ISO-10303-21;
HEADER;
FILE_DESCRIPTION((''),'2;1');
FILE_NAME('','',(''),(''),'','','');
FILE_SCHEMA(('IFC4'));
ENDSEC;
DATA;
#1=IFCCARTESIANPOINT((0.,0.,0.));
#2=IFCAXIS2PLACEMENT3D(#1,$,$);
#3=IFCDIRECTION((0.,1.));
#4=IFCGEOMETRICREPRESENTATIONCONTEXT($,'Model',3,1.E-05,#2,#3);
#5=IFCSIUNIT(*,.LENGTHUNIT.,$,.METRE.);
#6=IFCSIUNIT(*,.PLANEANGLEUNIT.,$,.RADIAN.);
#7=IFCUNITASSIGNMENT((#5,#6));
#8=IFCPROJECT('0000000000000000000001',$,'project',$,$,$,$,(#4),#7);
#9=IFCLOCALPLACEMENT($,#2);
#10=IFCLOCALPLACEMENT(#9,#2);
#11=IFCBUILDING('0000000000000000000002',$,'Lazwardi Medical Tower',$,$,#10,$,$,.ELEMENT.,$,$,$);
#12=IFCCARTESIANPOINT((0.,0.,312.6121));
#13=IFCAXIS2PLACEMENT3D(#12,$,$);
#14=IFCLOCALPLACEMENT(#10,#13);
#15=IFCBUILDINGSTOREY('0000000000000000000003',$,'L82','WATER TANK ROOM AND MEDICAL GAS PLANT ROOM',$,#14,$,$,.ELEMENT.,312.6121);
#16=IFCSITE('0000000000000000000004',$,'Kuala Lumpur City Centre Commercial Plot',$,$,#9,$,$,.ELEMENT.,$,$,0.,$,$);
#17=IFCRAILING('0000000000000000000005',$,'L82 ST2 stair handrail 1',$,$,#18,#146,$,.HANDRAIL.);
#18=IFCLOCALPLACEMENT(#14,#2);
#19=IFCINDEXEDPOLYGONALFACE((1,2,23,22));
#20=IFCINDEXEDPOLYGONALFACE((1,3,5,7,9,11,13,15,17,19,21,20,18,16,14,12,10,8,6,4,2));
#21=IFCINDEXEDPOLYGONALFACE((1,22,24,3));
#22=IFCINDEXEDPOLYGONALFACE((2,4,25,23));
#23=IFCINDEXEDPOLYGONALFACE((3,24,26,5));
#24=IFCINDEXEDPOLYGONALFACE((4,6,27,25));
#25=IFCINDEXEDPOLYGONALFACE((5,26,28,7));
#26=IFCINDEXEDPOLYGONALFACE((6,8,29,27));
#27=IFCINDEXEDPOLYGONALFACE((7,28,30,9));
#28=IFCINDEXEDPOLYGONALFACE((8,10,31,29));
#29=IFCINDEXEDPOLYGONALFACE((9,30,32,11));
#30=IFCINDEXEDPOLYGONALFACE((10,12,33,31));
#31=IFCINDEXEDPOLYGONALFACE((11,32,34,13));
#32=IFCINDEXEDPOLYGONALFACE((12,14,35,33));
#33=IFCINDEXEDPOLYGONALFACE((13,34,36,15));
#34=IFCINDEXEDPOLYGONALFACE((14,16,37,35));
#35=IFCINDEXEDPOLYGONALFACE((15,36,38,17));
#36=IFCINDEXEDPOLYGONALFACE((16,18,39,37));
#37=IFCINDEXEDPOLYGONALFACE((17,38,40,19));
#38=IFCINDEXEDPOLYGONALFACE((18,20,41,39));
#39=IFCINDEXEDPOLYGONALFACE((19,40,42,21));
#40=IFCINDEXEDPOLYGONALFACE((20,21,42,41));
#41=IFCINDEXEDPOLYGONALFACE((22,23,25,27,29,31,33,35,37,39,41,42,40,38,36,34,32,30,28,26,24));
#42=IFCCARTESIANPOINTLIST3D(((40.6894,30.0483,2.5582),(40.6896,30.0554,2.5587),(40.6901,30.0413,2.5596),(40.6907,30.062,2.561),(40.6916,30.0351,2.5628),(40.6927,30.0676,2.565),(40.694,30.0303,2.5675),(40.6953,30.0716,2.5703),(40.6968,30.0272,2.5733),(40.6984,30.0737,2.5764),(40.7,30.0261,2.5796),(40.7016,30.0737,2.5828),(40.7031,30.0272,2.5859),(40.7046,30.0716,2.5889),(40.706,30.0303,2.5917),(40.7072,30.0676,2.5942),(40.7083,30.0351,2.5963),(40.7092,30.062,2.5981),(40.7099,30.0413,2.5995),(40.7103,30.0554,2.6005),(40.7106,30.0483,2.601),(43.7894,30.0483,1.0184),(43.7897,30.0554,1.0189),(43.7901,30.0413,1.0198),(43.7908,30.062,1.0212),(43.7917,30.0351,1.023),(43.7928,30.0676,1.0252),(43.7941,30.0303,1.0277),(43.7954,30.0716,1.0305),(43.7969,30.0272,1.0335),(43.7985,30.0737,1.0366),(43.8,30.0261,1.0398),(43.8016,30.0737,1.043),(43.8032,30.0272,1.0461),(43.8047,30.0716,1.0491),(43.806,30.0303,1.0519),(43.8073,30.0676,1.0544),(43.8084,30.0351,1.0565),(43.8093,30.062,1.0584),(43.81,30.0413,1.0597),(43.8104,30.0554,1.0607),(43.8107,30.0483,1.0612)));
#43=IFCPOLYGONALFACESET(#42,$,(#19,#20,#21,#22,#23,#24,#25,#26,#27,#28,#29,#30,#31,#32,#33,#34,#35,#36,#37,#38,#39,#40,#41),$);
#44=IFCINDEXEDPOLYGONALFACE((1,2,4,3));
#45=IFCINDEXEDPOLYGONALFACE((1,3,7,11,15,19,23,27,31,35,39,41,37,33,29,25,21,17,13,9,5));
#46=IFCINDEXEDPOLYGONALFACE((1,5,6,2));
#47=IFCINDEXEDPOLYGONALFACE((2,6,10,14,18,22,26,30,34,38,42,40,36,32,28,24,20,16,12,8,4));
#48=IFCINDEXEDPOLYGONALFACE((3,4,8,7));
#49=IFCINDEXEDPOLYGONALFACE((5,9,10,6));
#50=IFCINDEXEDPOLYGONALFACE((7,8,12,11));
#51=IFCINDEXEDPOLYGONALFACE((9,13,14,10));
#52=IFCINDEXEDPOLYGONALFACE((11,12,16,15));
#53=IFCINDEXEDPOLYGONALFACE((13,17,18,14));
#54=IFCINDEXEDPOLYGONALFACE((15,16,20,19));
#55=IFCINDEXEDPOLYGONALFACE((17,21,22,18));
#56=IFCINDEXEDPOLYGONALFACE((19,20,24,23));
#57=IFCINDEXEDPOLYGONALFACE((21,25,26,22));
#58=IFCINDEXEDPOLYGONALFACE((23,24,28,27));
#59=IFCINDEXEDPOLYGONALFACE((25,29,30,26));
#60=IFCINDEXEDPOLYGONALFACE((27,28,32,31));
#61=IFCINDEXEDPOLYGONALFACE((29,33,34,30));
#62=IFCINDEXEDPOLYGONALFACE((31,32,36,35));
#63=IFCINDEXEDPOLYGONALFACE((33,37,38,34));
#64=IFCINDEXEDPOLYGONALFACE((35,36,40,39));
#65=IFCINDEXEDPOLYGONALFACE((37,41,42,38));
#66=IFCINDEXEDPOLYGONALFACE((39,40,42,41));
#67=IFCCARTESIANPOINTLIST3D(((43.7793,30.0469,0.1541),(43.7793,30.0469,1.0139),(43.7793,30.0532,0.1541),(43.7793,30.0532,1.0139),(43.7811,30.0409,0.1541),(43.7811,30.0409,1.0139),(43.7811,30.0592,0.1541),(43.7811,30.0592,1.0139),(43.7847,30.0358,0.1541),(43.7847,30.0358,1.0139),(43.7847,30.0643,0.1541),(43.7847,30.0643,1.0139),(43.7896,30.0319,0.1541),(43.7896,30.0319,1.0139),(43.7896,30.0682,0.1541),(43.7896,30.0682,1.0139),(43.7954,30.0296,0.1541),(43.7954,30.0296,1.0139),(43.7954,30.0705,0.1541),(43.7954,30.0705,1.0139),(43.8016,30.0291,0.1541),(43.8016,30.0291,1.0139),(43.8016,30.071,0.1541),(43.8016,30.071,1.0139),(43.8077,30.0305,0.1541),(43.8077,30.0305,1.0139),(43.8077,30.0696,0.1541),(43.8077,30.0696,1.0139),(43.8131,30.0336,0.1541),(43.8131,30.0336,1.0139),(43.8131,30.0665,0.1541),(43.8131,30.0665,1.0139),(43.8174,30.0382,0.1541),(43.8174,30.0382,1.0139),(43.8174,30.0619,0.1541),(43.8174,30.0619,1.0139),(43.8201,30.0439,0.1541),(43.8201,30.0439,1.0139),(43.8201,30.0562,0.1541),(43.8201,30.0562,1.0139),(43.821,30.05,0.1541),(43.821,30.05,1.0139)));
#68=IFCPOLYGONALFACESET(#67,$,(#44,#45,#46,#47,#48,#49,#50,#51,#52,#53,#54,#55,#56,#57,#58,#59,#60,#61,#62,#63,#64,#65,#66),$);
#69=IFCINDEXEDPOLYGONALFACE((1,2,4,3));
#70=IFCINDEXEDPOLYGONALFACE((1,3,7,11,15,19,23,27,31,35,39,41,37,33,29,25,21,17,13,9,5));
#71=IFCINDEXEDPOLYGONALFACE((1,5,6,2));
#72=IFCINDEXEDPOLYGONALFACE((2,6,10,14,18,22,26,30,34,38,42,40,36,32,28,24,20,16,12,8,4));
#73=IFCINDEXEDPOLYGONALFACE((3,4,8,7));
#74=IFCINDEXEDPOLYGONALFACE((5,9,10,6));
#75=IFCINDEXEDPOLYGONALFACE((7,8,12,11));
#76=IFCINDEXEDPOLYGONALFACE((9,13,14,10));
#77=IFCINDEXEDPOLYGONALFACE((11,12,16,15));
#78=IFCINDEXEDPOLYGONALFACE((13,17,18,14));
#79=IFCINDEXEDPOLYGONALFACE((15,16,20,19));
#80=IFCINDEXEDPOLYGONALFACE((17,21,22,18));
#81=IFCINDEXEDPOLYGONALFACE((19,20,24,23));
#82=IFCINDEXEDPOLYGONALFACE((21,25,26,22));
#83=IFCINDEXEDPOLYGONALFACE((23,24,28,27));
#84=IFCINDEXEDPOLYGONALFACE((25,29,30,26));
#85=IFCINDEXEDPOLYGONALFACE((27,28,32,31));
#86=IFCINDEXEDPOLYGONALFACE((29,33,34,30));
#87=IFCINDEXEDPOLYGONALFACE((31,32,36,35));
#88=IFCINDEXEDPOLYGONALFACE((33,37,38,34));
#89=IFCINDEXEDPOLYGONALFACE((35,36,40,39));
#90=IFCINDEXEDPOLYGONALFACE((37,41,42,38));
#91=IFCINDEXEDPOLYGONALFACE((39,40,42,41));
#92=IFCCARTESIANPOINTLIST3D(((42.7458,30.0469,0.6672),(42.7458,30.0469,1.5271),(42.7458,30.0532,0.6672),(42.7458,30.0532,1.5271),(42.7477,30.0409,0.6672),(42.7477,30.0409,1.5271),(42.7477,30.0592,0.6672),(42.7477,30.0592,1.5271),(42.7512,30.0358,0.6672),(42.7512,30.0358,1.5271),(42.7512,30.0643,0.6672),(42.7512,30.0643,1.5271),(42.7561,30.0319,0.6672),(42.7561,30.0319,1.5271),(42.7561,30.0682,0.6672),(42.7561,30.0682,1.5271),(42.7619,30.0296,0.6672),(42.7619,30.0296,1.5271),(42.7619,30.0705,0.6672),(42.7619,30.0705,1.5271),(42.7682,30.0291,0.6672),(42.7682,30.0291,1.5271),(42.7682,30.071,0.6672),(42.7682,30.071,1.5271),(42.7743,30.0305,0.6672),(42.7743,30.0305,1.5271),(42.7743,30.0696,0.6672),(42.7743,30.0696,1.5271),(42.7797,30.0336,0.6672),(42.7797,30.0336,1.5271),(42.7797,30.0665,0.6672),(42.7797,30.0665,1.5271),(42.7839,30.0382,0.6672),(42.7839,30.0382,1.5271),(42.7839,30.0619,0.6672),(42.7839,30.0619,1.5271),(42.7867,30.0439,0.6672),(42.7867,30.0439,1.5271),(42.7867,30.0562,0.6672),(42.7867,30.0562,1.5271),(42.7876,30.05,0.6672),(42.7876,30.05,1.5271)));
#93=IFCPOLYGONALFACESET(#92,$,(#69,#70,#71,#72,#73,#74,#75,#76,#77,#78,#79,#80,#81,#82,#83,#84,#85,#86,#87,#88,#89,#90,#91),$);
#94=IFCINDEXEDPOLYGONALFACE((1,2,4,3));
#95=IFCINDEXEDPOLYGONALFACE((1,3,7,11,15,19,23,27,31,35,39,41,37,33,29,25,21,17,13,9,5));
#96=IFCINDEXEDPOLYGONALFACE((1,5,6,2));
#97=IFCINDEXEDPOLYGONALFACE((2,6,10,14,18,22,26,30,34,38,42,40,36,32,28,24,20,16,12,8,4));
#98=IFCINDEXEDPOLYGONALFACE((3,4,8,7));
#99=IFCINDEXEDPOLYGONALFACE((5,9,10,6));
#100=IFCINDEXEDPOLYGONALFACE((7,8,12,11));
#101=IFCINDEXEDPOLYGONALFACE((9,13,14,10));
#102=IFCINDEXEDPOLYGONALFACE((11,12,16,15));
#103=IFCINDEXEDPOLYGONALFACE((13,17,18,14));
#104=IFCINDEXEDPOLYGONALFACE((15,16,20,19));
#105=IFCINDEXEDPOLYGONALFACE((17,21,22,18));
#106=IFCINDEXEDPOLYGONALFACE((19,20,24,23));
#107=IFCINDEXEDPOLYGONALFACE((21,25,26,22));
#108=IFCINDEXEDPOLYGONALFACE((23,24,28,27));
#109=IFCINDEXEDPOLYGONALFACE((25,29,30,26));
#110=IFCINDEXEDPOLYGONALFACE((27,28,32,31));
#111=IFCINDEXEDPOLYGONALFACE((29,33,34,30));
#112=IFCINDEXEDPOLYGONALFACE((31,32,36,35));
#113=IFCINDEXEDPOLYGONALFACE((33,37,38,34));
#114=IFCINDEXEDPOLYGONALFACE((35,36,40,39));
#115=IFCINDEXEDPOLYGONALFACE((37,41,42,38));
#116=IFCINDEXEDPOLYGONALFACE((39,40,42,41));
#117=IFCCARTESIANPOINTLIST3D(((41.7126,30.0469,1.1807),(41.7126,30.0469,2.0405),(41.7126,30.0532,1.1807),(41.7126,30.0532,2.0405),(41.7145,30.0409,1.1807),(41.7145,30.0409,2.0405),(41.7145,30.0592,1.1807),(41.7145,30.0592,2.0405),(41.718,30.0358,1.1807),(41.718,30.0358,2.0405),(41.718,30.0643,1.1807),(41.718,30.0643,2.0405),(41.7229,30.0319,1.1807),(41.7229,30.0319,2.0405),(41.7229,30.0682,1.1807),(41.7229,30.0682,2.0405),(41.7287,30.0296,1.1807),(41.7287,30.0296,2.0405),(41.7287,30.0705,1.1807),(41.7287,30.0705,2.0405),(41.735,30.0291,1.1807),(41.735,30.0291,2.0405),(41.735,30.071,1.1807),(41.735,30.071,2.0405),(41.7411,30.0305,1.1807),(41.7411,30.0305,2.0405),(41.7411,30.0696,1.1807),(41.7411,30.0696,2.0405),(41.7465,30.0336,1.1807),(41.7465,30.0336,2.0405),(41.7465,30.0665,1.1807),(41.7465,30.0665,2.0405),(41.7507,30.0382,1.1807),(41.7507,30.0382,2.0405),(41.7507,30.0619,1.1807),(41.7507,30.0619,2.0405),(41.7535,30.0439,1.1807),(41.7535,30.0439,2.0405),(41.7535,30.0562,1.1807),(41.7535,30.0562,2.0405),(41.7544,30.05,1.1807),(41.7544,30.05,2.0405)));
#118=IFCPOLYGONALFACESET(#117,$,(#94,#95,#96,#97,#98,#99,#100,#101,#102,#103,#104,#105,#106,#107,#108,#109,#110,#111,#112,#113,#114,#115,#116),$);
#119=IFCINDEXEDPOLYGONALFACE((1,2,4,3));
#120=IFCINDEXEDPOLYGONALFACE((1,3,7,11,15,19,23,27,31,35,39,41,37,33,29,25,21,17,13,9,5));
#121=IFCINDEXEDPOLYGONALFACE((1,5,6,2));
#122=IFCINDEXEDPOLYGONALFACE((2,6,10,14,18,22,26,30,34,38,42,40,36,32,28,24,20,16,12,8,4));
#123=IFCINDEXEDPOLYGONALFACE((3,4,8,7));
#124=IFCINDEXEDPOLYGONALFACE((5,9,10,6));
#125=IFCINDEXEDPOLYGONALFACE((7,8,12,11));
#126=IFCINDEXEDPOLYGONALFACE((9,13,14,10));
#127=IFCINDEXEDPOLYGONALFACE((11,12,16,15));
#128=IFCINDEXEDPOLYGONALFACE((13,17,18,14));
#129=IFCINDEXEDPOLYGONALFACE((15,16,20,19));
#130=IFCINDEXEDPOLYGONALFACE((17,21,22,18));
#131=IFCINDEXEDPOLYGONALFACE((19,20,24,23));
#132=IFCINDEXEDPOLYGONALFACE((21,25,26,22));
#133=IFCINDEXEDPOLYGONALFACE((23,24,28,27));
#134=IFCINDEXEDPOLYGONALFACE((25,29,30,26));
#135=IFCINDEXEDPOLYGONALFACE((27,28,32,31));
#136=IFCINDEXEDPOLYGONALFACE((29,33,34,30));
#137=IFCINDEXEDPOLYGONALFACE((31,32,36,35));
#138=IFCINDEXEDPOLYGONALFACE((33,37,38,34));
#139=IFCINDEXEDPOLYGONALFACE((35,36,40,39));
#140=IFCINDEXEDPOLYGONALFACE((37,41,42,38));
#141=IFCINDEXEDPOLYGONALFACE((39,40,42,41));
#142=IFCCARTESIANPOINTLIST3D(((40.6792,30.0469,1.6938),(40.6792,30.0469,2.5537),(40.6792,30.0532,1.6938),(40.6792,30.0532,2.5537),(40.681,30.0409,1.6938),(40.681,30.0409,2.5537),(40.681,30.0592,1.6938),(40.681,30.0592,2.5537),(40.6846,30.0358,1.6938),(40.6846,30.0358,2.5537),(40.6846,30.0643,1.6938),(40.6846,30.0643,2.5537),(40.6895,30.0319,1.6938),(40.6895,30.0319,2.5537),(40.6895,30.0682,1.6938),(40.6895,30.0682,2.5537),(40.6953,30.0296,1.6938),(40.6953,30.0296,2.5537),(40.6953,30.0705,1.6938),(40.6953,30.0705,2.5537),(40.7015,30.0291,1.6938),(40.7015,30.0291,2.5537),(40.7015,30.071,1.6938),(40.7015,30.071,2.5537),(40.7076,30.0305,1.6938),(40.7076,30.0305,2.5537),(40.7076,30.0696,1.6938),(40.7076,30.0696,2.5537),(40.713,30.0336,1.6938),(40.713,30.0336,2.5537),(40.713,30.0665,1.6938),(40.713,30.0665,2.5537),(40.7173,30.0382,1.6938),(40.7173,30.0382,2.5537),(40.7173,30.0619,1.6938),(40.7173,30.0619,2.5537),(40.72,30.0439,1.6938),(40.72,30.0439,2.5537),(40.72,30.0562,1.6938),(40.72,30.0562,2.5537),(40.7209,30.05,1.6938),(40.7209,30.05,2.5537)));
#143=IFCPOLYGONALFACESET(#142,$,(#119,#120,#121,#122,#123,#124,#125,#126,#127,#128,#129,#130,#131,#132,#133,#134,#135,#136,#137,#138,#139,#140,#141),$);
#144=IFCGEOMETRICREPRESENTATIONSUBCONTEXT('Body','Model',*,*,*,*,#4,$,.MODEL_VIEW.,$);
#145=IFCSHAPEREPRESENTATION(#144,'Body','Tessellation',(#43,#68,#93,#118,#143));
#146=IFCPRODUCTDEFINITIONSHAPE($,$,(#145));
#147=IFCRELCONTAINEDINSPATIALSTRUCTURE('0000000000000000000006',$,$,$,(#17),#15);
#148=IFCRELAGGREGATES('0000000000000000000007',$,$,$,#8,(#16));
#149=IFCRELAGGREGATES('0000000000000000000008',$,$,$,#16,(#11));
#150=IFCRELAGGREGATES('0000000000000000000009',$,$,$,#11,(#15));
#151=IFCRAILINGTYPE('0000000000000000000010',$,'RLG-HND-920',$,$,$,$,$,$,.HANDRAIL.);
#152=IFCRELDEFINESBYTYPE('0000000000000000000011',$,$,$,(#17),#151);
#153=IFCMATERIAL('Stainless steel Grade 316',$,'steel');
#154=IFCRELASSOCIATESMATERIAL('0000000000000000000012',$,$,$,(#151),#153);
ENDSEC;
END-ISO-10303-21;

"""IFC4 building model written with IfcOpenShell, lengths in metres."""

from ifc_helpers import new_model, si_unit, direction, frame, origin, origin_2d, place, context, subcontext, project, spatial, circle, extrude, material, type_object, element, save


model = new_model("IFC4")

# Units and contexts
model_context = context("Model", 3, precision=1e-05, world=origin(), true_north=direction((0.0, 1.0)))
body_context = subcontext(model_context, "Body", "Model", "MODEL_VIEW")
ifc_project = project(units=[si_unit("LENGTHUNIT", "METRE"), si_unit("PLANEANGLEUNIT", "RADIAN")], contexts=[model_context])

# Site, building, storey
site_placement = place(None, origin())
site = spatial("IfcSite", under=ifc_project, at=site_placement, Name="Kuala Lumpur City Centre Commercial Plot", CompositionType="ELEMENT", RefElevation=0.0)
building_placement = place(site_placement, origin())
building = spatial("IfcBuilding", under=site, at=building_placement, Name="Lazwardi Medical Tower", CompositionType="ELEMENT")
storey_placement = place(building_placement, frame((0.0, 0.0, 312.6121)))
storey = spatial("IfcBuildingStorey", under=building, at=storey_placement, Name="L82", Description="WATER TANK ROOM AND MEDICAL GAS PLANT ROOM", CompositionType="ELEMENT", Elevation=312.6121)

# Railing
ifc_material_1 = material(Name="Stainless steel Grade 316", Category="steel")
railing_type_1 = type_object("IfcRailingType", Name="RLG-HND-920", PredefinedType="HANDRAIL", material=ifc_material_1)
railing_1_placement = place(storey_placement, frame((43.8, 30.05, 0.1541)))
element("IfcRailing", 1, at=railing_1_placement, inside=storey, type_object=railing_type_1, Name="L82 ST2 stair handrail 1", PredefinedType="HANDRAIL", context=body_context, shape_type="SweptSolid", body=[
    extrude(circle(Radius=0.0239, at=origin_2d()), frame((0.0, 0.0, 0.8857), z_axis=(-0.895609, 0.0, 0.444842), x_axis=(0.0, -1.0, 0.0)), (0.0, 0.0, 1.0), 3.4614),
    extrude(circle(Radius=0.021, at=origin_2d()), origin(), (0.0, 0.0, 1.0), 0.8599),
    extrude(circle(Radius=0.021, at=origin_2d()), frame((-1.0334, 0.0, 0.5132)), (0.0, 0.0, 1.0), 0.8599),
    extrude(circle(Radius=0.021, at=origin_2d()), frame((-2.0667, 0.0, 1.0266)), (0.0, 0.0, 1.0), 0.8599),
    extrude(circle(Radius=0.021, at=origin_2d()), frame((-3.1001, 0.0, 1.5398)), (0.0, 0.0, 1.0), 0.8599),
])

save(model, "model.ifc")
